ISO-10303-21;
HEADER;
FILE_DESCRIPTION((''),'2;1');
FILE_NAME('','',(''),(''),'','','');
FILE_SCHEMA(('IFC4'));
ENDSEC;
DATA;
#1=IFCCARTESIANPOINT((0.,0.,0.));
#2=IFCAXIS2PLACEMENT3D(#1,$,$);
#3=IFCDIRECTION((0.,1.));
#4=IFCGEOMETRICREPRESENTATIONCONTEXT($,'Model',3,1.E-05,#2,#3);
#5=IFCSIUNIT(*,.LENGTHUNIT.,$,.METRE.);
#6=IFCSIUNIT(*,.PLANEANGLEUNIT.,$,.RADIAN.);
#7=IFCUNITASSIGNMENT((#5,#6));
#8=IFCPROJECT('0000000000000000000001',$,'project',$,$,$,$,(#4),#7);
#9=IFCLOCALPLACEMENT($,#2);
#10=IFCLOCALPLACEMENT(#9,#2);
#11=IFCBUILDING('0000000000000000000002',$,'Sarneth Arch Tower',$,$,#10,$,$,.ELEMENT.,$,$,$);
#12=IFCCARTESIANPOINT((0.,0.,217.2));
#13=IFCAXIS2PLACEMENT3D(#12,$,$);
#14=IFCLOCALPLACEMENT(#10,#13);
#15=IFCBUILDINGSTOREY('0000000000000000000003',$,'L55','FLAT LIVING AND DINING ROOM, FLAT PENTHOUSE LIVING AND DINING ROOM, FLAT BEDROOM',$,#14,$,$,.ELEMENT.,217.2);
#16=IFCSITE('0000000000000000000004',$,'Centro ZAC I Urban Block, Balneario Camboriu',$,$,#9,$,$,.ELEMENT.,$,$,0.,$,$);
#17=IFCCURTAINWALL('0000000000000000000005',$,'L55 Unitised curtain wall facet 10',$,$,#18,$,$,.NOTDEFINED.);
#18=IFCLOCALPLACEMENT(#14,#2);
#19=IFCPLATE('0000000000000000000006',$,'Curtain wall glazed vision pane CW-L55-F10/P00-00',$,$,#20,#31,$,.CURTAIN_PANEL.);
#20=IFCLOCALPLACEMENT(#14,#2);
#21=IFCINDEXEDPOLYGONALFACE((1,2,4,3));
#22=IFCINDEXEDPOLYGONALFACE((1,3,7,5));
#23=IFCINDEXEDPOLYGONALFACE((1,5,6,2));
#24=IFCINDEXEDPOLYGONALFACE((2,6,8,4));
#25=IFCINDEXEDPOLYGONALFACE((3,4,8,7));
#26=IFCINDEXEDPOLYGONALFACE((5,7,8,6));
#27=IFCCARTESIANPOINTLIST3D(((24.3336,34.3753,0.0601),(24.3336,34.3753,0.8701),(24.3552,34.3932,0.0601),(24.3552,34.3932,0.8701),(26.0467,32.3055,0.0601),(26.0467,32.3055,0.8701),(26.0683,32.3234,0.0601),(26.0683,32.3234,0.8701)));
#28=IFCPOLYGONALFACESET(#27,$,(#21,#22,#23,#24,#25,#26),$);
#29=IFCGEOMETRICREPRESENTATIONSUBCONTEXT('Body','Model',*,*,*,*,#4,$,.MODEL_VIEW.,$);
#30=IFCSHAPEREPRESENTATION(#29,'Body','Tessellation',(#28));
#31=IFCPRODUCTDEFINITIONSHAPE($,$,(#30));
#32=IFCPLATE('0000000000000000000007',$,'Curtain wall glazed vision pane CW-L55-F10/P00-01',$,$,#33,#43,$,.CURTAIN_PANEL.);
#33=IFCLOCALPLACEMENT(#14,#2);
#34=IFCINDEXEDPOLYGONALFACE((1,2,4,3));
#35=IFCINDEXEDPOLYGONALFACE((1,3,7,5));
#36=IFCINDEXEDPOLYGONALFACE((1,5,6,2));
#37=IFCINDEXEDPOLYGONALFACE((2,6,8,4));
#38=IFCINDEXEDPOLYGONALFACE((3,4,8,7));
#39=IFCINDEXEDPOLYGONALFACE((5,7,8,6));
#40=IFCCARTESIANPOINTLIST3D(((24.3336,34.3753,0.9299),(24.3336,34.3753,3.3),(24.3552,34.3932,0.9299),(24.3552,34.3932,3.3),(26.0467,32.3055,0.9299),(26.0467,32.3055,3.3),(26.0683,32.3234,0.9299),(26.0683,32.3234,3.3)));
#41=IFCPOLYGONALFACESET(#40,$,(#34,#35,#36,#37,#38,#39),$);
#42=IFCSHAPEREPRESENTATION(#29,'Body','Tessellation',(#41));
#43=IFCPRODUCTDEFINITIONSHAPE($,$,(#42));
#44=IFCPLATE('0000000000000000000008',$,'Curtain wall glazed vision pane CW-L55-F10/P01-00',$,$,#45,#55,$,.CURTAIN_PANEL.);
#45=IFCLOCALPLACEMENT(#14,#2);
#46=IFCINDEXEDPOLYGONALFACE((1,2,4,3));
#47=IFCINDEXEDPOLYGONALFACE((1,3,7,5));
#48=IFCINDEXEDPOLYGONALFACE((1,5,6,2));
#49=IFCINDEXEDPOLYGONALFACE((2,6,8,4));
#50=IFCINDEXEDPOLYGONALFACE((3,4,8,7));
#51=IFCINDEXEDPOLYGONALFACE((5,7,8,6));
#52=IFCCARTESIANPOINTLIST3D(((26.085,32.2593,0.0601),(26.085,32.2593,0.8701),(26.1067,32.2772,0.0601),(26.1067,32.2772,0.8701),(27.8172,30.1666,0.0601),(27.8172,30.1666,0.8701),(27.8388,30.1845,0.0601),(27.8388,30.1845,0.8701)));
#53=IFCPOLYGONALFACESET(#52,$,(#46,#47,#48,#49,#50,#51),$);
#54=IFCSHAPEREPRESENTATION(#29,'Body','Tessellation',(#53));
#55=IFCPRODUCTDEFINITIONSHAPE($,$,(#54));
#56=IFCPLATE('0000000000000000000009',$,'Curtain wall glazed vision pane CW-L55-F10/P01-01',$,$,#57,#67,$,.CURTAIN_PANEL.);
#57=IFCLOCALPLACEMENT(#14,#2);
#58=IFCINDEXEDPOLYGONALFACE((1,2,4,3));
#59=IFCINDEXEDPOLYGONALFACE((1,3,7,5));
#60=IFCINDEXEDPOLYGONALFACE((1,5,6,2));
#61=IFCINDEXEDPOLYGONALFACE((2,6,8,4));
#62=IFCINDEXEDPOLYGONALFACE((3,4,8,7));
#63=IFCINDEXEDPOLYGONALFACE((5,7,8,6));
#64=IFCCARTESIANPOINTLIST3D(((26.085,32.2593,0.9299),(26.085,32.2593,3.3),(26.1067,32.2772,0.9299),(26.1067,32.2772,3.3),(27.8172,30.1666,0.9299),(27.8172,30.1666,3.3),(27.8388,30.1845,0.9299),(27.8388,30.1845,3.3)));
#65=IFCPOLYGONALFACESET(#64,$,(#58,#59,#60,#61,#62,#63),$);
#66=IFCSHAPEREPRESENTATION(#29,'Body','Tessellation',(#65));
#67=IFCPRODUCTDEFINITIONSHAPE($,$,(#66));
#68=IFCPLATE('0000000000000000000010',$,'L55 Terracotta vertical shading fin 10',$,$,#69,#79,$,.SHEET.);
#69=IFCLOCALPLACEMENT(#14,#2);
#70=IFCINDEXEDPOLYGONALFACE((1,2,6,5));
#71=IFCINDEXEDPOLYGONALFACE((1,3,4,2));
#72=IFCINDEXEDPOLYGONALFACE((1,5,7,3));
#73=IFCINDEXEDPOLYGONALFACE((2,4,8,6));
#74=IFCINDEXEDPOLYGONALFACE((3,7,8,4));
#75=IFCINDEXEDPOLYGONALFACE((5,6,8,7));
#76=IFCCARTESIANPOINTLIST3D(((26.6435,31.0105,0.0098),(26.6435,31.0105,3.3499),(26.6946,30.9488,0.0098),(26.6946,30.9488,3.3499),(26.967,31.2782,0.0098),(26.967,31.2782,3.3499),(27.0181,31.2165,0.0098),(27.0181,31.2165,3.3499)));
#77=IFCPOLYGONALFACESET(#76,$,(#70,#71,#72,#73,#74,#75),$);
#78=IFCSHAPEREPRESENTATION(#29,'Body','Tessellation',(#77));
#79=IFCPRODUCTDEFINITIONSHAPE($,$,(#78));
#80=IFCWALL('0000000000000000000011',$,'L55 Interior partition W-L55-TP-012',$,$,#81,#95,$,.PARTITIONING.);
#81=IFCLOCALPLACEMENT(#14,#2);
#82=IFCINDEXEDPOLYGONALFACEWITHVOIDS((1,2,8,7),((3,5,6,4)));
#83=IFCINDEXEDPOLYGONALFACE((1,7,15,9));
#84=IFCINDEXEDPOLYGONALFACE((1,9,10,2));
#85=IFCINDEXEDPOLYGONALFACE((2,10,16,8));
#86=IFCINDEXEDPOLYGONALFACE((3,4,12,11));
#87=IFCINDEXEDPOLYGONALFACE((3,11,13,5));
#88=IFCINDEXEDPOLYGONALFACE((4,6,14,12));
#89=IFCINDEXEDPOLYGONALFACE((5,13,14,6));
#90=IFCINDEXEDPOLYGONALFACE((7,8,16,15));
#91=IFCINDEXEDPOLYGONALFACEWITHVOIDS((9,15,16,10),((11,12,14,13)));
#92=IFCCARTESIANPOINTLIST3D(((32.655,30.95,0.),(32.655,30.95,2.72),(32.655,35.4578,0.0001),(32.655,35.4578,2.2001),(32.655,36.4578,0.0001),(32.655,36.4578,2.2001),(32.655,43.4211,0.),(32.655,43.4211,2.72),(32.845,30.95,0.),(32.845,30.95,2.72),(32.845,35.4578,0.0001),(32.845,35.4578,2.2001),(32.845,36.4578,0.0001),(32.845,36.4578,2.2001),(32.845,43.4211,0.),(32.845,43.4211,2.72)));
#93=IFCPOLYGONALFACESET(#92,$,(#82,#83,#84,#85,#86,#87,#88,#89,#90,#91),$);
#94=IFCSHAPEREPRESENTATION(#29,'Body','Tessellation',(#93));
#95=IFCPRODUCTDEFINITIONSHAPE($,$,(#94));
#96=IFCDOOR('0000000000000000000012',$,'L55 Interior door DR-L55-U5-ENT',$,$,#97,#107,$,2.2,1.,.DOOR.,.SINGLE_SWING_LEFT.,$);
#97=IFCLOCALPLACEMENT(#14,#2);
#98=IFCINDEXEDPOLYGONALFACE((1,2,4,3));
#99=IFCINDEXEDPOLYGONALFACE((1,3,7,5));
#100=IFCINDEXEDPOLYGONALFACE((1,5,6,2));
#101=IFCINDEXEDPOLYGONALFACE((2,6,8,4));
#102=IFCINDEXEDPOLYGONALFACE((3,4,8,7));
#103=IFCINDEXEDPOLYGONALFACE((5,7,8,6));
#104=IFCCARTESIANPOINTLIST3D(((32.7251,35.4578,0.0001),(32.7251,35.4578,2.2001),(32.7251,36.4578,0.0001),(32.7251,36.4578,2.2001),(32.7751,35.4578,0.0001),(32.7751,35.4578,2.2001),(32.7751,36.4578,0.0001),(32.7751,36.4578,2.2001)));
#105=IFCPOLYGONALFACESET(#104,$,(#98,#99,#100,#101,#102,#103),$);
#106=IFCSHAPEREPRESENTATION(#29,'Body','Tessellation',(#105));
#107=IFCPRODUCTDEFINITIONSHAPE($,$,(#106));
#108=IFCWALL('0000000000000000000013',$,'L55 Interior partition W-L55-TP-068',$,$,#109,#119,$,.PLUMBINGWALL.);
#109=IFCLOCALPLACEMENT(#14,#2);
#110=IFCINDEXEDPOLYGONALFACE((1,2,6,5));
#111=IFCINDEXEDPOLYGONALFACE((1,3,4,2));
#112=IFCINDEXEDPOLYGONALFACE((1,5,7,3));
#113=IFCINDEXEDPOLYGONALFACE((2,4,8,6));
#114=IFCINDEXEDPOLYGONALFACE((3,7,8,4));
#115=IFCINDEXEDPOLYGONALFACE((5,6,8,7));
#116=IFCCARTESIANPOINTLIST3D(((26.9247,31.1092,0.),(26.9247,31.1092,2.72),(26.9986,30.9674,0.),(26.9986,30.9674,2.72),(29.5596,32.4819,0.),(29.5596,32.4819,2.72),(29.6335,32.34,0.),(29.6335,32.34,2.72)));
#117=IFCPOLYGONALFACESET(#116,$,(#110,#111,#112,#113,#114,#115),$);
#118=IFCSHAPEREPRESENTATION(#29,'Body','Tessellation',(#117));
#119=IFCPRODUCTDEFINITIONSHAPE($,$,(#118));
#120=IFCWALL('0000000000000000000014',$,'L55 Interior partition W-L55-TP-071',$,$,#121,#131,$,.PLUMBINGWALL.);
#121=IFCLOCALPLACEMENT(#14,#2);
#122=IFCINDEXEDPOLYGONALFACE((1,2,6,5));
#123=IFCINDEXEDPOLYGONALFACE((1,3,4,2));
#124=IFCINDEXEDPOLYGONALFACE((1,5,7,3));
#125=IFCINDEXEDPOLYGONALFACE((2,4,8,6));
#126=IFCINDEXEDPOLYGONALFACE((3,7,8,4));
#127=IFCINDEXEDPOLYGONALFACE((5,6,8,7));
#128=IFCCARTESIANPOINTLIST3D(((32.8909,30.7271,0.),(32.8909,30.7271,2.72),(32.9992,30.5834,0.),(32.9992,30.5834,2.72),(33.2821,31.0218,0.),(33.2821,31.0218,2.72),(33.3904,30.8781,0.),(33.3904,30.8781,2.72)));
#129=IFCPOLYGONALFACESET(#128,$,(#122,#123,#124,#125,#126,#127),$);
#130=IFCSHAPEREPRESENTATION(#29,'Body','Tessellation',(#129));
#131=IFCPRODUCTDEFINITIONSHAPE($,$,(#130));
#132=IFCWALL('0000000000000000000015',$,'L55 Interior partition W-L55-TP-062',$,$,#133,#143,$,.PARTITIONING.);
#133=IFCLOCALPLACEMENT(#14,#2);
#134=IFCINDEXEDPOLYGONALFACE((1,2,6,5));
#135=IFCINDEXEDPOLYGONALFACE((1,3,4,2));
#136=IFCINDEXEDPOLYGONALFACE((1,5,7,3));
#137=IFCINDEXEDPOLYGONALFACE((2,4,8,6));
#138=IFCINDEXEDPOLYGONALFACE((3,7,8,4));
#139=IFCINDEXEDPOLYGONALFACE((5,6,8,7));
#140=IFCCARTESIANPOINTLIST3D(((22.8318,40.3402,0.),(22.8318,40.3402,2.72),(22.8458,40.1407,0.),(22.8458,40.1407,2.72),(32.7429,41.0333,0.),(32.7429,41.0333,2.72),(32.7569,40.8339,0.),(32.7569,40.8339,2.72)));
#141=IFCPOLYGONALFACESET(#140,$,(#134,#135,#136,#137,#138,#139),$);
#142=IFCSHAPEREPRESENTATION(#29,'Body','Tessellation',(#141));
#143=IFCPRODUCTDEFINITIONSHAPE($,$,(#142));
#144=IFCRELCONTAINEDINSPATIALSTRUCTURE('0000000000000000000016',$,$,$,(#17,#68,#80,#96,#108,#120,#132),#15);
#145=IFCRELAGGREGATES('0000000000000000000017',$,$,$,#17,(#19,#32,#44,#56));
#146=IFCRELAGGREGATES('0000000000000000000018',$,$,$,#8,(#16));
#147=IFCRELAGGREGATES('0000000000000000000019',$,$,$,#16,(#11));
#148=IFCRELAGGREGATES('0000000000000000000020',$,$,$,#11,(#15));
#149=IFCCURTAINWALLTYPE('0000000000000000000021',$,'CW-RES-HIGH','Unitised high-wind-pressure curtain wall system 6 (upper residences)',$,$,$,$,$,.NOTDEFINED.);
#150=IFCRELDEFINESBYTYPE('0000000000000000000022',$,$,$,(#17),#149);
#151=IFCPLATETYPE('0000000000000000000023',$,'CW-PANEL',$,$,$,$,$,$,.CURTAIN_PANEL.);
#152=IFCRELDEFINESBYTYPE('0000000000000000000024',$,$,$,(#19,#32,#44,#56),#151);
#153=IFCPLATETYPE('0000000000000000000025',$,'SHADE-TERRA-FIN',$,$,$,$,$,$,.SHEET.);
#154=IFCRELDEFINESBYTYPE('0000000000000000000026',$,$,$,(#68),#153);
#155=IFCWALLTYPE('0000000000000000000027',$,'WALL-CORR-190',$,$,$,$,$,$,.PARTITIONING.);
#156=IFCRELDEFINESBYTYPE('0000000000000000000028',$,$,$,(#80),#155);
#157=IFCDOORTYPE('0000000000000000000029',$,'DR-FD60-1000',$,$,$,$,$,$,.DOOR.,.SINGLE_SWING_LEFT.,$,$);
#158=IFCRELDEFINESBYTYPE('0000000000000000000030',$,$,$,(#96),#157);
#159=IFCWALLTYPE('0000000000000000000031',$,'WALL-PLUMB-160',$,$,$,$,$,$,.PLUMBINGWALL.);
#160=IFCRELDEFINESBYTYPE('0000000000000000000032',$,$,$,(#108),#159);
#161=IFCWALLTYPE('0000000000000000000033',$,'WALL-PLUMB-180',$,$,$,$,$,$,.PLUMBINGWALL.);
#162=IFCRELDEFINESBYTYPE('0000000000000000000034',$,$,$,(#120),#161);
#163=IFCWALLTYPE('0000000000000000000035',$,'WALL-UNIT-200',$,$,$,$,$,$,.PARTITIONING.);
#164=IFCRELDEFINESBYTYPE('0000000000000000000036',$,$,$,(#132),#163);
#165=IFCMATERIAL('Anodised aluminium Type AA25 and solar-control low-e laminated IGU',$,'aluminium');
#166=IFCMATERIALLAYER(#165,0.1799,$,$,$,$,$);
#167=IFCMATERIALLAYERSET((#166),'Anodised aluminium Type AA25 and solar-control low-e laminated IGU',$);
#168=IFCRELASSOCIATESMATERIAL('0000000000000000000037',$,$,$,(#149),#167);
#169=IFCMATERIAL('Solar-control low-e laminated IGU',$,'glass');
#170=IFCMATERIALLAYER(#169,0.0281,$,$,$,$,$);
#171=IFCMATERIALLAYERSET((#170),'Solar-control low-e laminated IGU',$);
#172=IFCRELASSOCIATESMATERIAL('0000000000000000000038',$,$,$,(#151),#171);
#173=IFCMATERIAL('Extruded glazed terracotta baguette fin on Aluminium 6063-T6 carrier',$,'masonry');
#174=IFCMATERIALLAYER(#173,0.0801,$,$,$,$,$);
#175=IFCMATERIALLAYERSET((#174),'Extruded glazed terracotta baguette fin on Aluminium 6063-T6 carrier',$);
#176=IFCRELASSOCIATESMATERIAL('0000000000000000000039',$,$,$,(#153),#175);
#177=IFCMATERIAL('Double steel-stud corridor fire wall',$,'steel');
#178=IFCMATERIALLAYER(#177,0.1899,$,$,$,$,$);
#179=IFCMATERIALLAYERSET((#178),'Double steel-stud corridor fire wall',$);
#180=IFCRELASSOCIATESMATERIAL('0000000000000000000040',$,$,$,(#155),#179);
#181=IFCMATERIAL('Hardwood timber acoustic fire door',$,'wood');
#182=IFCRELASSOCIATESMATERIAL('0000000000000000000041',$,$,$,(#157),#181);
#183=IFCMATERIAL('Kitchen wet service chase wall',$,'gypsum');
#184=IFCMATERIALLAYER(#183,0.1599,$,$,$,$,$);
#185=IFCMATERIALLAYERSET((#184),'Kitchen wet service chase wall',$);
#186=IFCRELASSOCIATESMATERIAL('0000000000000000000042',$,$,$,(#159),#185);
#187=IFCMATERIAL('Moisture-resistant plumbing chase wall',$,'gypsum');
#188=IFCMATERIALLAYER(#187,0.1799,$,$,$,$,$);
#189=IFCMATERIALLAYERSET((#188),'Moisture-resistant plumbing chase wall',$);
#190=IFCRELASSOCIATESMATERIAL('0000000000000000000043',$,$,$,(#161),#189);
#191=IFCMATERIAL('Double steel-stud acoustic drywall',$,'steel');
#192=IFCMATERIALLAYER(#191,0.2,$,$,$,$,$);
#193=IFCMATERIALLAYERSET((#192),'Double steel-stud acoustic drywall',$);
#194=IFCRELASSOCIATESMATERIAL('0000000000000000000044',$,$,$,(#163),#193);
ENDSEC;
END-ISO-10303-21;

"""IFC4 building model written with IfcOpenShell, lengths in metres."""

from ifc_helpers import new_model, si_unit, direction, frame, frame_2d, origin, origin_2d, place, context, subcontext, project, spatial, rectangle, extrude, material, layer, layer_set, type_object, element, fill, aggregate, save


model = new_model("IFC4")

# Units and contexts
model_context = context("Model", 3, precision=1e-05, world=origin(), true_north=direction((0.0, 1.0)))
body_context = subcontext(model_context, "Body", "Model", "MODEL_VIEW")
ifc_project = project(units=[si_unit("LENGTHUNIT", "METRE"), si_unit("PLANEANGLEUNIT", "RADIAN")], contexts=[model_context])

# Site, building, storey
site_placement = place(None, origin())
site = spatial("IfcSite", under=ifc_project, at=site_placement, Name="Centro ZAC I Urban Block, Balneario Camboriu", CompositionType="ELEMENT", RefElevation=0.0)
building_placement = place(site_placement, origin())
building = spatial("IfcBuilding", under=site, at=building_placement, Name="Sarneth Arch Tower", CompositionType="ELEMENT")
storey_placement = place(building_placement, frame((0.0, 0.0, 217.2)))
storey = spatial("IfcBuildingStorey", under=building, at=storey_placement, Name="L55", Description="FLAT LIVING AND DINING ROOM, FLAT PENTHOUSE LIVING AND DINING ROOM, FLAT BEDROOM", CompositionType="ELEMENT", Elevation=217.2)

# Curtain wall, plates
ifc_material_1 = material(Name="Anodised aluminium Type AA25 and solar-control low-e laminated IGU", Category="aluminium")
ifc_layer_1 = layer(ifc_material_1, 0.1799)
ifc_layer_set_1 = layer_set([ifc_layer_1], Name="Anodised aluminium Type AA25 and solar-control low-e laminated IGU")
curtain_wall_type = type_object("IfcCurtainWallType", Name="CW-RES-HIGH", Description="Unitised high-wind-pressure curtain wall system 6 (upper residences)", PredefinedType="NOTDEFINED", material=ifc_layer_set_1)
curtain_wall_placement = place(storey_placement, origin())
curtain_wall = element("IfcCurtainWall", 1, at=curtain_wall_placement, inside=storey, type_object=curtain_wall_type, Name="L55 Unitised curtain wall facet 10", PredefinedType="NOTDEFINED")
ifc_material_2 = material(Name="Solar-control low-e laminated IGU", Category="glass")
ifc_layer_2 = layer(ifc_material_2, 0.0281)
ifc_layer_set_2 = layer_set([ifc_layer_2], Name="Solar-control low-e laminated IGU")
plate_type_1 = type_object("IfcPlateType", Name="CW-PANEL", PredefinedType="CURTAIN_PANEL", material=ifc_layer_set_2)
plate_1_placement = place(storey_placement, frame((25.2009, 33.3494, 0.0601), z_axis=(0.0, 0.0, 1.0), x_axis=(0.63761, -0.770359, 0.0)))
plate_1 = element("IfcPlate", 2, at=plate_1_placement, type_object=plate_type_1, Name="Curtain wall glazed vision pane CW-L55-F10/P00-00", PredefinedType="CURTAIN_PANEL", context=body_context, shape_type="SweptSolid", body=[
    extrude(rectangle(XDim=2.6868, YDim=0.0281, at=origin_2d()), origin(), (0.0, 0.0, 1.0), 0.8101),
])
plate_2_placement = place(storey_placement, frame((25.2009, 33.3494, 0.9299), z_axis=(0.0, 0.0, 1.0), x_axis=(0.63761, -0.770359, 0.0)))
plate_2 = element("IfcPlate", 3, at=plate_2_placement, type_object=plate_type_1, Name="Curtain wall glazed vision pane CW-L55-F10/P00-01", PredefinedType="CURTAIN_PANEL", context=body_context, shape_type="SweptSolid", body=[
    extrude(rectangle(XDim=2.6868, YDim=0.0281, at=origin_2d()), origin(), (0.0, 0.0, 1.0), 2.3701),
])
plate_3_placement = place(storey_placement, frame((26.9619, 31.2219, 0.0601), z_axis=(0.0, 0.0, 1.0), x_axis=(0.63761, -0.770359, 0.0)))
plate_3 = element("IfcPlate", 4, at=plate_3_placement, type_object=plate_type_1, Name="Curtain wall glazed vision pane CW-L55-F10/P01-00", PredefinedType="CURTAIN_PANEL", context=body_context, shape_type="SweptSolid", body=[
    extrude(rectangle(XDim=2.7166, YDim=0.0281, at=origin_2d()), origin(), (0.0, 0.0, 1.0), 0.8101),
])
plate_4_placement = place(storey_placement, frame((26.9619, 31.2219, 0.9299), z_axis=(0.0, 0.0, 1.0), x_axis=(0.63761, -0.770359, 0.0)))
plate_4 = element("IfcPlate", 5, at=plate_4_placement, type_object=plate_type_1, Name="Curtain wall glazed vision pane CW-L55-F10/P01-01", PredefinedType="CURTAIN_PANEL", context=body_context, shape_type="SweptSolid", body=[
    extrude(rectangle(XDim=2.7166, YDim=0.0281, at=origin_2d()), origin(), (0.0, 0.0, 1.0), 2.3701),
])
aggregate(curtain_wall, [plate_1, plate_2, plate_3, plate_4])

# Plate
ifc_material_3 = material(Name="Extruded glazed terracotta baguette fin on Aluminium 6063-T6 carrier", Category="masonry")
ifc_layer_3 = layer(ifc_material_3, 0.0801)
ifc_layer_set_3 = layer_set([ifc_layer_3], Name="Extruded glazed terracotta baguette fin on Aluminium 6063-T6 carrier")
plate_type_2 = type_object("IfcPlateType", Name="SHADE-TERRA-FIN", PredefinedType="SHEET", material=ifc_layer_set_3)
plate_5_placement = place(storey_placement, frame((26.8308, 31.1135, 0.0098), z_axis=(0.0, 0.0, 1.0), x_axis=(-0.770402, -0.637558, 0.0)))
element("IfcPlate", 6, at=plate_5_placement, inside=storey, type_object=plate_type_2, Name="L55 Terracotta vertical shading fin 10", PredefinedType="SHEET", context=body_context, shape_type="SweptSolid", body=[
    extrude(rectangle(XDim=0.4199, YDim=0.0801, at=origin_2d()), origin(), (0.0, 0.0, 1.0), 3.3401),
])

# Wall, opening, door
ifc_material_4 = material(Name="Double steel-stud corridor fire wall", Category="steel")
ifc_layer_4 = layer(ifc_material_4, 0.1899)
ifc_layer_set_4 = layer_set([ifc_layer_4], Name="Double steel-stud corridor fire wall")
wall_type_1 = type_object("IfcWallType", Name="WALL-CORR-190", PredefinedType="PARTITIONING", material=ifc_layer_set_4)
wall_1_placement = place(storey_placement, frame((32.75, 30.95, 0.0), z_axis=(0.0, 0.0, 1.0), x_axis=(0.0, 1.0, 0.0)))
wall_1 = element("IfcWall", 7, at=wall_1_placement, inside=storey, type_object=wall_type_1, Name="L55 Interior partition W-L55-TP-012", PredefinedType="PARTITIONING", context=body_context, shape_type="SweptSolid", body=[
    extrude(rectangle(XDim=12.4712, YDim=0.1899, at=frame_2d((6.2356, 0.0))), origin(), (0.0, 0.0, 1.0), 2.72),
])
opening_placement = place(wall_1_placement, frame((4.5078, 0.0, 0.0)))
opening = element("IfcOpeningElement", 8, at=opening_placement, cuts=wall_1, PredefinedType="OPENING", context=body_context, shape_type="SweptSolid", body=[
    extrude(rectangle(XDim=1.0, YDim=2.2, at=frame_2d((0.5, 1.1001))), frame((0.0, 0.105, 0.0), z_axis=(0.0, -1.0, 0.0), x_axis=(1.0, 0.0, 0.0)), (0.0, 0.0, 1.0), 0.21),
])
ifc_material_5 = material(Name="Hardwood timber acoustic fire door", Category="wood")
door_type = type_object("IfcDoorType", Name="DR-FD60-1000", OperationType="SINGLE_SWING_LEFT", PredefinedType="DOOR", material=ifc_material_5)
door_placement = place(opening_placement, origin())
door = element("IfcDoor", 9, at=door_placement, inside=storey, type_object=door_type, Name="L55 Interior door DR-L55-U5-ENT", OperationType="SINGLE_SWING_LEFT", OverallHeight=2.2, OverallWidth=1.0, PredefinedType="DOOR", context=body_context, shape_type="SweptSolid", body=[
    extrude(rectangle(XDim=1.0, YDim=2.2, at=frame_2d((0.5, 1.1001))), frame((0.0, 0.0249, 0.0), z_axis=(0.0, -1.0, 0.0), x_axis=(1.0, 0.0, 0.0)), (0.0, 0.0, 1.0), 0.05),
])
fill(opening, door)

# Walls
ifc_material_6 = material(Name="Kitchen wet service chase wall", Category="gypsum")
ifc_layer_5 = layer(ifc_material_6, 0.1599)
ifc_layer_set_5 = layer_set([ifc_layer_5], Name="Kitchen wet service chase wall")
wall_type_2 = type_object("IfcWallType", Name="WALL-PLUMB-160", PredefinedType="PLUMBINGWALL", material=ifc_layer_set_5)
wall_2_placement = place(storey_placement, frame((29.5964, 32.4109, 0.0), z_axis=(0.0, 0.0, 1.0), x_axis=(-0.886875, -0.46201, 0.0)))
element("IfcWall", 10, at=wall_2_placement, inside=storey, type_object=wall_type_2, Name="L55 Interior partition W-L55-TP-068", PredefinedType="PLUMBINGWALL", context=body_context, shape_type="SweptSolid", body=[
    extrude(rectangle(XDim=2.9709, YDim=0.1599, at=frame_2d((1.4854, 0.0))), origin(), (0.0, 0.0, 1.0), 2.72),
])
ifc_material_7 = material(Name="Moisture-resistant plumbing chase wall", Category="gypsum")
ifc_layer_6 = layer(ifc_material_7, 0.1799)
ifc_layer_set_6 = layer_set([ifc_layer_6], Name="Moisture-resistant plumbing chase wall")
wall_type_3 = type_object("IfcWallType", Name="WALL-PLUMB-180", PredefinedType="PLUMBINGWALL", material=ifc_layer_set_6)
wall_3_placement = place(storey_placement, frame((32.9451, 30.6553, 0.0), z_axis=(0.0, 0.0, 1.0), x_axis=(0.798682, 0.601753, 0.0)))
element("IfcWall", 11, at=wall_3_placement, inside=storey, type_object=wall_type_3, Name="L55 Interior partition W-L55-TP-071", PredefinedType="PLUMBINGWALL", context=body_context, shape_type="SweptSolid", body=[
    extrude(rectangle(XDim=0.4897, YDim=0.1799, at=frame_2d((0.2449, 0.0))), origin(), (0.0, 0.0, 1.0), 2.72),
])
ifc_material_8 = material(Name="Double steel-stud acoustic drywall", Category="steel")
ifc_layer_7 = layer(ifc_material_8, 0.2)
ifc_layer_set_7 = layer_set([ifc_layer_7], Name="Double steel-stud acoustic drywall")
wall_type_4 = type_object("IfcWallType", Name="WALL-UNIT-200", PredefinedType="PARTITIONING", material=ifc_layer_set_7)
wall_4_placement = place(storey_placement, frame((32.75, 40.9336, 0.0), z_axis=(0.0, 0.0, 1.0), x_axis=(-0.997564, -0.069763, 0.0)))
element("IfcWall", 12, at=wall_4_placement, inside=storey, type_object=wall_type_4, Name="L55 Interior partition W-L55-TP-062", PredefinedType="PARTITIONING", context=body_context, shape_type="SweptSolid", body=[
    extrude(rectangle(XDim=9.9353, YDim=0.2, at=frame_2d((4.9678, 0.0))), origin(), (0.0, 0.0, 1.0), 2.72),
])

save(model, "model.ifc")
